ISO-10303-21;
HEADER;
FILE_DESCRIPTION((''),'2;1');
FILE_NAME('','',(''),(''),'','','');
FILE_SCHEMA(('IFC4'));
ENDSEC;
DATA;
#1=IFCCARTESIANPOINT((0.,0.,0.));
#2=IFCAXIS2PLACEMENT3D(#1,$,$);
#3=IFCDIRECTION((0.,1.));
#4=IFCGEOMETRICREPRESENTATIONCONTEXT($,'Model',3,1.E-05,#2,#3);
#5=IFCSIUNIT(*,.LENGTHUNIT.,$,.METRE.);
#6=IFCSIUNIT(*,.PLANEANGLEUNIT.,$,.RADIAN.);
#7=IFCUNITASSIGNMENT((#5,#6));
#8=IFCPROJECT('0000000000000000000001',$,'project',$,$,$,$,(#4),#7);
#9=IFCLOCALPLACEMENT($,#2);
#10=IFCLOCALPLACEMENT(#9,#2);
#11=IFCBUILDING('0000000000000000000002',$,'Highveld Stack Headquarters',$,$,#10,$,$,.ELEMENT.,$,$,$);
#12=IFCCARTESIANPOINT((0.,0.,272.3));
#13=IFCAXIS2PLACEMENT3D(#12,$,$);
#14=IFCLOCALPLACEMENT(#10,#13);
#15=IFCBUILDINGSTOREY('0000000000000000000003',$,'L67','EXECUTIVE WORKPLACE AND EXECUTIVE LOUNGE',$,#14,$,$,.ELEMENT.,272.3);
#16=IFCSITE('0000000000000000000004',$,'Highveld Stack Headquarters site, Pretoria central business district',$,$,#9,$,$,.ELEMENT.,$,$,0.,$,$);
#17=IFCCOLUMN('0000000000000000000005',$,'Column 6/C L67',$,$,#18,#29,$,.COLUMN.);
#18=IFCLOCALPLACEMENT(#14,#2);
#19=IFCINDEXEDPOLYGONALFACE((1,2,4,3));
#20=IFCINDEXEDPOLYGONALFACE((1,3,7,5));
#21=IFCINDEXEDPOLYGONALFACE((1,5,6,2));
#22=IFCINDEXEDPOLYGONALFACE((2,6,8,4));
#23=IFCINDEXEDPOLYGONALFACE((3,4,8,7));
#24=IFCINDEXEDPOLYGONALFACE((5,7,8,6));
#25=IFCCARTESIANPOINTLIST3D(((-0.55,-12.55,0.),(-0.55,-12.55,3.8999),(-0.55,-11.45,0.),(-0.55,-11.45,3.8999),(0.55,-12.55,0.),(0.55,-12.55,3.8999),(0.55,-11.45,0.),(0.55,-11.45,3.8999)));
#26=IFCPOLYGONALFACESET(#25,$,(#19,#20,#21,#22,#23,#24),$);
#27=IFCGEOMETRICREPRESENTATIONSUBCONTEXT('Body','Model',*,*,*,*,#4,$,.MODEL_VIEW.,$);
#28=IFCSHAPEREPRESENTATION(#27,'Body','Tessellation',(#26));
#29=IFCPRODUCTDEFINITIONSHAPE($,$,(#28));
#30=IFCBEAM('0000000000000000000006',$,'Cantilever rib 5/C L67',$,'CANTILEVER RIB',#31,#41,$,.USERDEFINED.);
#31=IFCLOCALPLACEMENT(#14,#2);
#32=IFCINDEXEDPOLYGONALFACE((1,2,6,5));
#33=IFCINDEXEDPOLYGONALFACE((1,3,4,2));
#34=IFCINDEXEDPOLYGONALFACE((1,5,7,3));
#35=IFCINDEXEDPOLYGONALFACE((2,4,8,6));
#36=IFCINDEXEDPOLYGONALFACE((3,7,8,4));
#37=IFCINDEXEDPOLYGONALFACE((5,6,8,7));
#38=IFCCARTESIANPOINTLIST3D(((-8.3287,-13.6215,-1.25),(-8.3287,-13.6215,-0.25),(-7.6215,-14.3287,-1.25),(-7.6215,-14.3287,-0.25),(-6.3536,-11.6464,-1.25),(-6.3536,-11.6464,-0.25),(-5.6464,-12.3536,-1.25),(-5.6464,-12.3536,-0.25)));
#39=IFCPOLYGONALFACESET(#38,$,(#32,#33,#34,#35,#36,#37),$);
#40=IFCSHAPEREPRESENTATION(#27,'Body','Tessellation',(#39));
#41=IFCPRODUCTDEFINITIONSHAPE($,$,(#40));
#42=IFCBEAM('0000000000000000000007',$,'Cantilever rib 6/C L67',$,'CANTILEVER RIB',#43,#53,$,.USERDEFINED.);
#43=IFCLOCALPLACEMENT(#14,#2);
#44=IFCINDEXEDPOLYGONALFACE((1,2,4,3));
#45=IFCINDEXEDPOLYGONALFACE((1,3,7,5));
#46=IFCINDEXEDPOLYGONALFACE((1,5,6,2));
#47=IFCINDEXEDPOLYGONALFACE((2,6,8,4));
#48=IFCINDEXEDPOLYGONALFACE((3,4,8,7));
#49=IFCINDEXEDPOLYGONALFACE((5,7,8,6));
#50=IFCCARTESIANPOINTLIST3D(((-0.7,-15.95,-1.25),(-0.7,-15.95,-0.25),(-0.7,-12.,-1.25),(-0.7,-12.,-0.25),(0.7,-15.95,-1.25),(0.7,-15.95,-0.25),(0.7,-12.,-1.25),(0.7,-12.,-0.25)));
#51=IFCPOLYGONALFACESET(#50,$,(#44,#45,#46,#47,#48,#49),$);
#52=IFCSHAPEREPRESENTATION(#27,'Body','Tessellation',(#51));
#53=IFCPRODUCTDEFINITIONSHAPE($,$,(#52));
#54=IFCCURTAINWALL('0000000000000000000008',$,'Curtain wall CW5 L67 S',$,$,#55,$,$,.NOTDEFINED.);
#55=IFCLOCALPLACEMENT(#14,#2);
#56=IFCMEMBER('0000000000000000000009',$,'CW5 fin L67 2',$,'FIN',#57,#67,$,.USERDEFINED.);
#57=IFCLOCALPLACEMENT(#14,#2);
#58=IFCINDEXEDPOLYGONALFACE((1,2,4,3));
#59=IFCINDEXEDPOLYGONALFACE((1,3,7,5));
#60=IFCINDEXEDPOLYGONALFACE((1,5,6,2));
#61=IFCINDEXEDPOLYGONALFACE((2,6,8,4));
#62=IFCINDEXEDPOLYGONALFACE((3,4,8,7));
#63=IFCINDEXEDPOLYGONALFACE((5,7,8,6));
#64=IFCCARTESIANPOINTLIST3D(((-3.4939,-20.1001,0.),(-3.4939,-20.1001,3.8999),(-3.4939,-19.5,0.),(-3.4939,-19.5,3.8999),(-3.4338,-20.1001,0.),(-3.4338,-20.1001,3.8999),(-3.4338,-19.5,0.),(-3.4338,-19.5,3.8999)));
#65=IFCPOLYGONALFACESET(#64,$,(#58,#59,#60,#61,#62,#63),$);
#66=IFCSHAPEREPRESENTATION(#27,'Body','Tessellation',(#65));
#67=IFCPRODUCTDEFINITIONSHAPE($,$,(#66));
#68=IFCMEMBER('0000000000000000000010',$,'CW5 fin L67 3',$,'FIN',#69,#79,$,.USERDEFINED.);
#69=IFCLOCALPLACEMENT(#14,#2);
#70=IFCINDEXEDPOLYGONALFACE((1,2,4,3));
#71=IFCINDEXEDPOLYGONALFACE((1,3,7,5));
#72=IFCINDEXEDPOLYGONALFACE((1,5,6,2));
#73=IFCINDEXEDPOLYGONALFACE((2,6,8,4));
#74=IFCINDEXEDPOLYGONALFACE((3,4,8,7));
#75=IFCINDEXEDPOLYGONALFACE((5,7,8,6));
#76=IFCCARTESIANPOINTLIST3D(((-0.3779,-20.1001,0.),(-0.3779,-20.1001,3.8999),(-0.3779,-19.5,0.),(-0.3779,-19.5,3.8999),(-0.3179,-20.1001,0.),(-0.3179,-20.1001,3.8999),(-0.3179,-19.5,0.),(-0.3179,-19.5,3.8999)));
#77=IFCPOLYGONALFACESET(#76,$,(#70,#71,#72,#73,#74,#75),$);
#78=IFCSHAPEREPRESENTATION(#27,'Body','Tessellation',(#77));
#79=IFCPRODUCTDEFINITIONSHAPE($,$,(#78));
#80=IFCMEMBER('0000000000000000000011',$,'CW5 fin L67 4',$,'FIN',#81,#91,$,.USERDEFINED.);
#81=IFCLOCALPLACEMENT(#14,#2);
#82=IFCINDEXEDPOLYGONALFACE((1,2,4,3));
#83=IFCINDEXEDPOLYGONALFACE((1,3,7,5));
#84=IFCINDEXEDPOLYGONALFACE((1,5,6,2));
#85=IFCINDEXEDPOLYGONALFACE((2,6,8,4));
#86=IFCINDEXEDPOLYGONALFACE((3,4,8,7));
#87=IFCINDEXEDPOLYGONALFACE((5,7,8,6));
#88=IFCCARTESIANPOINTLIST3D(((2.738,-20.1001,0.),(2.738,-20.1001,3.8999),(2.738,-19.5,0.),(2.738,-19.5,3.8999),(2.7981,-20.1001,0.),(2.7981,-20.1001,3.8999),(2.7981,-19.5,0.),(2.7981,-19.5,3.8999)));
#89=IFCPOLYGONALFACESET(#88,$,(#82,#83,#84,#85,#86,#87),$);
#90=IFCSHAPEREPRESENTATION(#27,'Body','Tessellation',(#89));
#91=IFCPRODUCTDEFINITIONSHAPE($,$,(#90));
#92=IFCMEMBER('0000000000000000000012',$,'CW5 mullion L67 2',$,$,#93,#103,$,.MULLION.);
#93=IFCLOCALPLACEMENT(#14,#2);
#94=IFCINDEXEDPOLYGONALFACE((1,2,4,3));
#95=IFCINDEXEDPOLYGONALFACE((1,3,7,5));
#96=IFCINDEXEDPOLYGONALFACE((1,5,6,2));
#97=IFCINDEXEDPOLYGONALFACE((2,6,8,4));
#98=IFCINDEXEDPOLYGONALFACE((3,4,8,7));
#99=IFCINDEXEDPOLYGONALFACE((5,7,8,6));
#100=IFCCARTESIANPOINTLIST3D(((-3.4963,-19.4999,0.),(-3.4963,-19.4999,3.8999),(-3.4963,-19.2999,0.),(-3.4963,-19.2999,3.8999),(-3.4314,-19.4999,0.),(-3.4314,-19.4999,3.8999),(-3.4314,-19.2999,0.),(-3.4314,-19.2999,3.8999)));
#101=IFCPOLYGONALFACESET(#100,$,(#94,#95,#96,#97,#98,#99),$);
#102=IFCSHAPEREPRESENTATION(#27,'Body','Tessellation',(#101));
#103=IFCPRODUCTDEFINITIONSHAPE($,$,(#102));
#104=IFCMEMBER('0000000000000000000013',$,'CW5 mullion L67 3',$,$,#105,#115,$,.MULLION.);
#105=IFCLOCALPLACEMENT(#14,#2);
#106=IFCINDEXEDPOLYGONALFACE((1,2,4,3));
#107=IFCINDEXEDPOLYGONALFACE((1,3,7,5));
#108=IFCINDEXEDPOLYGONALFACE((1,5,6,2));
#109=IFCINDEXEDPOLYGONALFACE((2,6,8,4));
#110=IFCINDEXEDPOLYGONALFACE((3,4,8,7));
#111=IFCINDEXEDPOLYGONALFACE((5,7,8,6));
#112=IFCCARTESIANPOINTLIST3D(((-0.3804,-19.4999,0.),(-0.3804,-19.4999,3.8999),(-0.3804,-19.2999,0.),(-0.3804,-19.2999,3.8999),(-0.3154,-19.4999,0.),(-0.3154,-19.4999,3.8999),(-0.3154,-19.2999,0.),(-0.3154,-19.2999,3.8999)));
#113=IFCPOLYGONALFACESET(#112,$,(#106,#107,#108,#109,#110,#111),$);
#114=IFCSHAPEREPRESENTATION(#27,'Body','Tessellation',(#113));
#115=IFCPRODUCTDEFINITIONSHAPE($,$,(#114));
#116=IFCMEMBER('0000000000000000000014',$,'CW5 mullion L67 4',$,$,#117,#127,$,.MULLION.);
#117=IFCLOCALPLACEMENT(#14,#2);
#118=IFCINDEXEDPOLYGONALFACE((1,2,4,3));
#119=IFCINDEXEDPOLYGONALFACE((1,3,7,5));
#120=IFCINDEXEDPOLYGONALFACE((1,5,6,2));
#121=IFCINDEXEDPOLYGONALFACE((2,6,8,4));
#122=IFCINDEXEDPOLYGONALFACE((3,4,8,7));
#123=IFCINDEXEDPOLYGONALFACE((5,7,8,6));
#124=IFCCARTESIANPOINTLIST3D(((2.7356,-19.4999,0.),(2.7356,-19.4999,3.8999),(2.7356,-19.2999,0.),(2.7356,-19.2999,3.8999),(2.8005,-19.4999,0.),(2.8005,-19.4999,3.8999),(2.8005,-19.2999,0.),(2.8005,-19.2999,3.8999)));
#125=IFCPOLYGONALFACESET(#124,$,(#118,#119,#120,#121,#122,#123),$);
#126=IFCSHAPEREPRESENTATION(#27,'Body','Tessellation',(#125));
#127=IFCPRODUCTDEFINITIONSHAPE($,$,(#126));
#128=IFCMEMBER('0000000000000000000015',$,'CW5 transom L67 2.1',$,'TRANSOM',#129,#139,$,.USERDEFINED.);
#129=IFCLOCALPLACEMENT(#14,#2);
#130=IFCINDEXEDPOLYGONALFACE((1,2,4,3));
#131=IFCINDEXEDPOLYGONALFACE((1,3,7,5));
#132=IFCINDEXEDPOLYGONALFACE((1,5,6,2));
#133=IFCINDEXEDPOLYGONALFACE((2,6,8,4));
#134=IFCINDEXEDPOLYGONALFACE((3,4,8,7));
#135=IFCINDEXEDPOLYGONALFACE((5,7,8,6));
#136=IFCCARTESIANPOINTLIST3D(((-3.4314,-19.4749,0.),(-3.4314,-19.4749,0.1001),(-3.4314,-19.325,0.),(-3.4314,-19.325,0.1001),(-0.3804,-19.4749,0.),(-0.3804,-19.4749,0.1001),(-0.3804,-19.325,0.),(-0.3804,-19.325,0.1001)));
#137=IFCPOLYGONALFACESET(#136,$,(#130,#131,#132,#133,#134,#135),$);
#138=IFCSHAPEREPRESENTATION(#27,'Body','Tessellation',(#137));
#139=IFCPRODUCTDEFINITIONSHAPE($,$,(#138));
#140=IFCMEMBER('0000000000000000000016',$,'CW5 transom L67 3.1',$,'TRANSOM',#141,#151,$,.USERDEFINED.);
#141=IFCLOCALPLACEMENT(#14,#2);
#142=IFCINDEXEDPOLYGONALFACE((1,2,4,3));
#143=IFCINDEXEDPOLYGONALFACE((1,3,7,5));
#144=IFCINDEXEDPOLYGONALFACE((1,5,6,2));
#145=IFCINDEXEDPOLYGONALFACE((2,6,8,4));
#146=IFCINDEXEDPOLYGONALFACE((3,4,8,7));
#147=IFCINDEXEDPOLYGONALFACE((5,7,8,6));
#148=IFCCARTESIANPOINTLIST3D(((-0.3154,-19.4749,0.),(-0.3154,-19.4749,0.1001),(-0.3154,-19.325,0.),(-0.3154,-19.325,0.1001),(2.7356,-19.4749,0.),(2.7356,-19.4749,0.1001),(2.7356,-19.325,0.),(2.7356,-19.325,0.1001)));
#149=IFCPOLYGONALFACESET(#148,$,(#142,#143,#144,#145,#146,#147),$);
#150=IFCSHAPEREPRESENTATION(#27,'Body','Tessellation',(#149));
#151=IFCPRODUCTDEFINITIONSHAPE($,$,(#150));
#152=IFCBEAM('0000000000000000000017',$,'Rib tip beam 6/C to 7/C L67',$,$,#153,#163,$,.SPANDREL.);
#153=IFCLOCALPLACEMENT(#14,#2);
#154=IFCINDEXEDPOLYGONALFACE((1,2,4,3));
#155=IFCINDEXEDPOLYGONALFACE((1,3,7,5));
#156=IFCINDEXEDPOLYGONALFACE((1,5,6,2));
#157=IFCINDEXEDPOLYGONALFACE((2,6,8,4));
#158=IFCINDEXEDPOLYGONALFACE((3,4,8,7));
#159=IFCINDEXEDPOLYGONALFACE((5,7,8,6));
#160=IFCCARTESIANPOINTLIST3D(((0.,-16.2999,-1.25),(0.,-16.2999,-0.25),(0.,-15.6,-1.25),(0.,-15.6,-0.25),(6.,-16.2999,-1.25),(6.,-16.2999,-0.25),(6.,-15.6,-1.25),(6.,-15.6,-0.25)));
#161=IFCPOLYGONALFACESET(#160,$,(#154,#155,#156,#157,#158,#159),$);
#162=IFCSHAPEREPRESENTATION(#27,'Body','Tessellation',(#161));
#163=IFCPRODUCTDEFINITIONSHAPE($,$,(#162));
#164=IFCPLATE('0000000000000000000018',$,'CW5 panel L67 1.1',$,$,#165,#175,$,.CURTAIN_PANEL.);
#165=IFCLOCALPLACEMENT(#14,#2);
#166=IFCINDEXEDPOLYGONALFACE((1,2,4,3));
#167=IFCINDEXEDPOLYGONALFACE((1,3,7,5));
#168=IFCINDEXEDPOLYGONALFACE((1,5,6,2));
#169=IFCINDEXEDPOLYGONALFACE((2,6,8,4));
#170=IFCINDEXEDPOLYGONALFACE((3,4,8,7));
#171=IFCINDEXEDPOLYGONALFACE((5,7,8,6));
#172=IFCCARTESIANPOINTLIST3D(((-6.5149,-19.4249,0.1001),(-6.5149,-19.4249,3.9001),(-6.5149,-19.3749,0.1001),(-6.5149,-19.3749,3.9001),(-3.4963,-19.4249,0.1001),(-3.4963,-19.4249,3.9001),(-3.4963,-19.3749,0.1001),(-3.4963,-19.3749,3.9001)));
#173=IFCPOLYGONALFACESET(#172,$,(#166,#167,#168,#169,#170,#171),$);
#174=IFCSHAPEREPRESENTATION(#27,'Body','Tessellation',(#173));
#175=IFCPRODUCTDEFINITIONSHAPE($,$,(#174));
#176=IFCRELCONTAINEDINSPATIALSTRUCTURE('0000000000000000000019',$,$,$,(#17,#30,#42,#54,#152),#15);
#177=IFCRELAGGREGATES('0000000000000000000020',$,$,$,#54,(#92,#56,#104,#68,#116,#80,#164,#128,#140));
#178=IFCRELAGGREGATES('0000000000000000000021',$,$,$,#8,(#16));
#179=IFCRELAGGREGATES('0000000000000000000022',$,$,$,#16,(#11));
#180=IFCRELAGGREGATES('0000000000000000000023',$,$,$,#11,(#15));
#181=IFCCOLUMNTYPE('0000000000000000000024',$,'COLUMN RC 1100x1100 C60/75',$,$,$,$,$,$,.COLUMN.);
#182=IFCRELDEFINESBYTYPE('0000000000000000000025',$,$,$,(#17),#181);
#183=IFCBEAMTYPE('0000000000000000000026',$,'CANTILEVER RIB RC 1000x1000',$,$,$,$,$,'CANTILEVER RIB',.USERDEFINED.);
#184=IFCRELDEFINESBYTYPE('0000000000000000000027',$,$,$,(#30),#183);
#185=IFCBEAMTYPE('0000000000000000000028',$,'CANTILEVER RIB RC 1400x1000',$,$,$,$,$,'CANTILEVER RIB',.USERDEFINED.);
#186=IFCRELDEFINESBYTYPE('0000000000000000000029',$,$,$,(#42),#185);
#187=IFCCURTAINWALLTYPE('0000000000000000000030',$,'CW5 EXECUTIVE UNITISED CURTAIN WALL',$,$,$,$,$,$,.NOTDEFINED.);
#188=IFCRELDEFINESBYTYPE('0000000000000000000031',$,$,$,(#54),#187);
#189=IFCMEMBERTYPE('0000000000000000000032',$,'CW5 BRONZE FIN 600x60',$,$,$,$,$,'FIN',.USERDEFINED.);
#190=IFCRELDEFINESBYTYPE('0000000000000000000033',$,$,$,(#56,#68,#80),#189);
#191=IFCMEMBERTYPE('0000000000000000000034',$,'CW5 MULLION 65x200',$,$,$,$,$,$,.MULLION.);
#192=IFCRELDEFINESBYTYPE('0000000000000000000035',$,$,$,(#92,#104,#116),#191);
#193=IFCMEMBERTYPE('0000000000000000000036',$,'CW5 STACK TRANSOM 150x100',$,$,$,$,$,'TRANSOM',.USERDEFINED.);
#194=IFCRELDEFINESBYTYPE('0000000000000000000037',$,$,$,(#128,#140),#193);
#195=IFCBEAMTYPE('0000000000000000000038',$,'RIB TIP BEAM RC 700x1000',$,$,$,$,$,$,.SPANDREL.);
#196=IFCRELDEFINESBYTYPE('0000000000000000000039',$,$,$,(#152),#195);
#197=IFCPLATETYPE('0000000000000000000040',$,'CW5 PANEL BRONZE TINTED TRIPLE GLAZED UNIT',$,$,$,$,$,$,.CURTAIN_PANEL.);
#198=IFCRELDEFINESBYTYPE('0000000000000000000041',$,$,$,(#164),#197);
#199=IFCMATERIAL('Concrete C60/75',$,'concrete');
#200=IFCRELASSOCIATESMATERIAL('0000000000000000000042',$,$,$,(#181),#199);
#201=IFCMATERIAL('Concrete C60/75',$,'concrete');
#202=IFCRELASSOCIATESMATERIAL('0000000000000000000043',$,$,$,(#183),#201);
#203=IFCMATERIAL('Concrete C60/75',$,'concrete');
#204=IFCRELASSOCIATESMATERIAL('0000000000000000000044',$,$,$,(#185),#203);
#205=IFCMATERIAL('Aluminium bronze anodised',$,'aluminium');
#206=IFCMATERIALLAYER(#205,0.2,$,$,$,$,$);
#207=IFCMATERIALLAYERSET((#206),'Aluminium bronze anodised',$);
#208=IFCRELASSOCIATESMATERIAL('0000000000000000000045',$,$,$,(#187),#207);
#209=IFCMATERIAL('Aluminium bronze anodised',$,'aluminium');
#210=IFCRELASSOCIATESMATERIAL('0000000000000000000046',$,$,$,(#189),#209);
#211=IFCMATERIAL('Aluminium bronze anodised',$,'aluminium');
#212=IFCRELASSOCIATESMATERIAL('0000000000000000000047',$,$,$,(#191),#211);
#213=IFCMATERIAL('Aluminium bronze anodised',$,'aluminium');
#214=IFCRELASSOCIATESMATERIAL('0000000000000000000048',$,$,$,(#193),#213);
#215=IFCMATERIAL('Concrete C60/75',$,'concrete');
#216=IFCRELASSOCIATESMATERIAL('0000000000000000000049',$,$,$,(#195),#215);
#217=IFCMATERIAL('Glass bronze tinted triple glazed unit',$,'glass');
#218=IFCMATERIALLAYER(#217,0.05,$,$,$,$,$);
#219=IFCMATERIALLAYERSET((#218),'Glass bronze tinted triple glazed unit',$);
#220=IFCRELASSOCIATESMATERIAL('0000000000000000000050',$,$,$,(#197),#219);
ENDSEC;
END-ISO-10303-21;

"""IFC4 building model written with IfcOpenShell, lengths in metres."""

from ifc_helpers import new_model, si_unit, direction, frame, origin, origin_2d, place, context, subcontext, project, spatial, rectangle, extrude, material, layer, layer_set, material_profile, profile_set, type_object, element, aggregate, save


model = new_model("IFC4")

# Units and contexts
model_context = context("Model", 3, precision=1e-05, world=origin(), true_north=direction((0.0, 1.0)))
body_context = subcontext(model_context, "Body", "Model", "MODEL_VIEW")
ifc_project = project(units=[si_unit("LENGTHUNIT", "METRE"), si_unit("PLANEANGLEUNIT", "RADIAN")], contexts=[model_context])

# Site, building, storey
site_placement = place(None, origin())
site = spatial("IfcSite", under=ifc_project, at=site_placement, Name="Highveld Stack Headquarters site, Pretoria central business district", CompositionType="ELEMENT", RefElevation=0.0)
building_placement = place(site_placement, origin())
building = spatial("IfcBuilding", under=site, at=building_placement, Name="Highveld Stack Headquarters", CompositionType="ELEMENT")
storey_placement = place(building_placement, frame((0.0, 0.0, 272.3)))
storey = spatial("IfcBuildingStorey", under=building, at=storey_placement, Name="L67", Description="EXECUTIVE WORKPLACE AND EXECUTIVE LOUNGE", CompositionType="ELEMENT", Elevation=272.3)

# Column
ifc_material_1 = material(Name="Concrete C60/75", Category="concrete")
ifc_material_profile_1 = material_profile(ifc_material_1, rectangle(XDim=1.1001, YDim=1.1001, at=origin_2d()), Name="RC 1100x1100")
ifc_profile_set_1 = profile_set([ifc_material_profile_1], Name="Concrete C60/75")
column_type = type_object("IfcColumnType", Name="COLUMN RC 1100x1100 C60/75", PredefinedType="COLUMN", material=ifc_profile_set_1)
column_placement = place(storey_placement, frame((0.0, -12.0, 0.0), z_axis=(0.0, 0.0, 1.0), x_axis=(1.0, 0.0, 0.0)))
element("IfcColumn", 1, at=column_placement, inside=storey, type_object=column_type, Name="Column 6/C L67", PredefinedType="COLUMN", context=body_context, shape_type="SweptSolid", body=[
    extrude(rectangle(XDim=1.1001, YDim=1.1001, at=origin_2d()), origin(), (0.0, 0.0, 1.0), 3.8999),
])

# Beams
ifc_material_2 = material(Name="Concrete C60/75", Category="concrete")
ifc_material_profile_2 = material_profile(ifc_material_2, rectangle(XDim=1.0, YDim=1.0, at=origin_2d()), Name="RC 1000x1000")
ifc_profile_set_2 = profile_set([ifc_material_profile_2], Name="Concrete C60/75")
beam_type_1 = type_object("IfcBeamType", Name="CANTILEVER RIB RC 1000x1000", ElementType="CANTILEVER RIB", PredefinedType="USERDEFINED", material=ifc_profile_set_2)
beam_1_placement = place(storey_placement, frame((-6.0, -12.0, -0.75), z_axis=(-0.707107, -0.707107, 0.0), x_axis=(0.707107, -0.707107, 0.0)))
element("IfcBeam", 2, at=beam_1_placement, inside=storey, type_object=beam_type_1, Name="Cantilever rib 5/C L67", ObjectType="CANTILEVER RIB", PredefinedType="USERDEFINED", context=body_context, shape_type="SweptSolid", body=[
    extrude(rectangle(XDim=1.0, YDim=1.0, at=origin_2d()), origin(), (0.0, 0.0, 1.0), 2.7932),
])
ifc_material_3 = material(Name="Concrete C60/75", Category="concrete")
ifc_material_profile_3 = material_profile(ifc_material_3, rectangle(XDim=1.3999, YDim=1.0, at=origin_2d()), Name="RC 1400x1000")
ifc_profile_set_3 = profile_set([ifc_material_profile_3], Name="Concrete C60/75")
beam_type_2 = type_object("IfcBeamType", Name="CANTILEVER RIB RC 1400x1000", ElementType="CANTILEVER RIB", PredefinedType="USERDEFINED", material=ifc_profile_set_3)
beam_2_placement = place(storey_placement, frame((0.0, -12.0, -0.75), z_axis=(0.0, -1.0, 0.0), x_axis=(1.0, 0.0, 0.0)))
element("IfcBeam", 3, at=beam_2_placement, inside=storey, type_object=beam_type_2, Name="Cantilever rib 6/C L67", ObjectType="CANTILEVER RIB", PredefinedType="USERDEFINED", context=body_context, shape_type="SweptSolid", body=[
    extrude(rectangle(XDim=1.3999, YDim=1.0, at=origin_2d()), origin(), (0.0, 0.0, 1.0), 3.95),
])

# Curtain wall, members
ifc_material_4 = material(Name="Aluminium bronze anodised", Category="aluminium")
ifc_layer_1 = layer(ifc_material_4, 0.2)
ifc_layer_set_1 = layer_set([ifc_layer_1], Name="Aluminium bronze anodised")
curtain_wall_type = type_object("IfcCurtainWallType", Name="CW5 EXECUTIVE UNITISED CURTAIN WALL", PredefinedType="NOTDEFINED", material=ifc_layer_set_1)
curtain_wall_placement = place(storey_placement, origin())
curtain_wall = element("IfcCurtainWall", 4, at=curtain_wall_placement, inside=storey, type_object=curtain_wall_type, Name="Curtain wall CW5 L67 S", PredefinedType="NOTDEFINED")
ifc_material_5 = material(Name="Aluminium bronze anodised", Category="aluminium")
ifc_material_profile_4 = material_profile(ifc_material_5, rectangle(XDim=0.6001, YDim=0.0601, at=origin_2d()), Name="FIN 600x60")
ifc_profile_set_4 = profile_set([ifc_material_profile_4], Name="Aluminium bronze anodised")
member_type_1 = type_object("IfcMemberType", Name="CW5 BRONZE FIN 600x60", ElementType="FIN", PredefinedType="USERDEFINED", material=ifc_profile_set_4)
member_1_placement = place(storey_placement, frame((-3.4639, -19.8, 0.0), z_axis=(0.0, 0.0, 1.0), x_axis=(0.0, 1.0, 0.0)))
member_1 = element("IfcMember", 5, at=member_1_placement, type_object=member_type_1, Name="CW5 fin L67 2", ObjectType="FIN", PredefinedType="USERDEFINED", context=body_context, shape_type="SweptSolid", body=[
    extrude(rectangle(XDim=0.6001, YDim=0.0601, at=origin_2d()), origin(), (0.0, 0.0, 1.0), 3.8999),
])
member_2_placement = place(storey_placement, frame((-0.3479, -19.8, 0.0), z_axis=(0.0, 0.0, 1.0), x_axis=(0.0, 1.0, 0.0)))
member_2 = element("IfcMember", 6, at=member_2_placement, type_object=member_type_1, Name="CW5 fin L67 3", ObjectType="FIN", PredefinedType="USERDEFINED", context=body_context, shape_type="SweptSolid", body=[
    extrude(rectangle(XDim=0.6001, YDim=0.0601, at=origin_2d()), origin(), (0.0, 0.0, 1.0), 3.8999),
])
member_3_placement = place(storey_placement, frame((2.7681, -19.8, 0.0), z_axis=(0.0, 0.0, 1.0), x_axis=(0.0, 1.0, 0.0)))
member_3 = element("IfcMember", 7, at=member_3_placement, type_object=member_type_1, Name="CW5 fin L67 4", ObjectType="FIN", PredefinedType="USERDEFINED", context=body_context, shape_type="SweptSolid", body=[
    extrude(rectangle(XDim=0.6001, YDim=0.0601, at=origin_2d()), origin(), (0.0, 0.0, 1.0), 3.8999),
])
ifc_material_6 = material(Name="Aluminium bronze anodised", Category="aluminium")
ifc_material_profile_5 = material_profile(ifc_material_6, rectangle(XDim=0.2, YDim=0.0649, at=origin_2d()), Name="CW5 MULLION 65x200")
ifc_profile_set_5 = profile_set([ifc_material_profile_5], Name="Aluminium bronze anodised")
member_type_2 = type_object("IfcMemberType", Name="CW5 MULLION 65x200", PredefinedType="MULLION", material=ifc_profile_set_5)
member_4_placement = place(storey_placement, frame((-3.4639, -19.3999, 0.0), z_axis=(0.0, 0.0, 1.0), x_axis=(0.0, 1.0, 0.0)))
member_4 = element("IfcMember", 8, at=member_4_placement, type_object=member_type_2, Name="CW5 mullion L67 2", PredefinedType="MULLION", context=body_context, shape_type="SweptSolid", body=[
    extrude(rectangle(XDim=0.2, YDim=0.0649, at=origin_2d()), origin(), (0.0, 0.0, 1.0), 3.8999),
])
member_5_placement = place(storey_placement, frame((-0.3479, -19.3999, 0.0), z_axis=(0.0, 0.0, 1.0), x_axis=(0.0, 1.0, 0.0)))
member_5 = element("IfcMember", 9, at=member_5_placement, type_object=member_type_2, Name="CW5 mullion L67 3", PredefinedType="MULLION", context=body_context, shape_type="SweptSolid", body=[
    extrude(rectangle(XDim=0.2, YDim=0.0649, at=origin_2d()), origin(), (0.0, 0.0, 1.0), 3.8999),
])
member_6_placement = place(storey_placement, frame((2.7681, -19.3999, 0.0), z_axis=(0.0, 0.0, 1.0), x_axis=(0.0, 1.0, 0.0)))
member_6 = element("IfcMember", 10, at=member_6_placement, type_object=member_type_2, Name="CW5 mullion L67 4", PredefinedType="MULLION", context=body_context, shape_type="SweptSolid", body=[
    extrude(rectangle(XDim=0.2, YDim=0.0649, at=origin_2d()), origin(), (0.0, 0.0, 1.0), 3.8999),
])
ifc_material_7 = material(Name="Aluminium bronze anodised", Category="aluminium")
ifc_material_profile_6 = material_profile(ifc_material_7, rectangle(XDim=0.1499, YDim=0.1001, at=origin_2d()), Name="CW5 TRANSOM 150x100")
ifc_profile_set_6 = profile_set([ifc_material_profile_6], Name="Aluminium bronze anodised")
member_type_3 = type_object("IfcMemberType", Name="CW5 STACK TRANSOM 150x100", ElementType="TRANSOM", PredefinedType="USERDEFINED", material=ifc_profile_set_6)
member_7_placement = place(storey_placement, frame((-3.4314, -19.3999, 0.05), z_axis=(1.0, 0.0, 0.0), x_axis=(0.0, 1.0, 0.0)))
member_7 = element("IfcMember", 11, at=member_7_placement, type_object=member_type_3, Name="CW5 transom L67 2.1", ObjectType="TRANSOM", PredefinedType="USERDEFINED", context=body_context, shape_type="SweptSolid", body=[
    extrude(rectangle(XDim=0.1499, YDim=0.1001, at=origin_2d()), origin(), (0.0, 0.0, 1.0), 3.051),
])
member_8_placement = place(storey_placement, frame((-0.3154, -19.3999, 0.05), z_axis=(1.0, 0.0, 0.0), x_axis=(0.0, 1.0, 0.0)))
member_8 = element("IfcMember", 12, at=member_8_placement, type_object=member_type_3, Name="CW5 transom L67 3.1", ObjectType="TRANSOM", PredefinedType="USERDEFINED", context=body_context, shape_type="SweptSolid", body=[
    extrude(rectangle(XDim=0.1499, YDim=0.1001, at=origin_2d()), origin(), (0.0, 0.0, 1.0), 3.051),
])

# Beam
ifc_material_8 = material(Name="Concrete C60/75", Category="concrete")
ifc_material_profile_7 = material_profile(ifc_material_8, rectangle(XDim=0.7, YDim=1.0, at=origin_2d()), Name="RC 700x1000")
ifc_profile_set_7 = profile_set([ifc_material_profile_7], Name="Concrete C60/75")
beam_type_3 = type_object("IfcBeamType", Name="RIB TIP BEAM RC 700x1000", PredefinedType="SPANDREL", material=ifc_profile_set_7)
beam_3_placement = place(storey_placement, frame((0.0, -15.95, -0.75), z_axis=(1.0, 0.0, 0.0), x_axis=(0.0, 1.0, 0.0)))
element("IfcBeam", 13, at=beam_3_placement, inside=storey, type_object=beam_type_3, Name="Rib tip beam 6/C to 7/C L67", PredefinedType="SPANDREL", context=body_context, shape_type="SweptSolid", body=[
    extrude(rectangle(XDim=0.7, YDim=1.0, at=origin_2d()), origin(), (0.0, 0.0, 1.0), 6.0),
])

# Plate
ifc_material_9 = material(Name="Glass bronze tinted triple glazed unit", Category="glass")
ifc_layer_2 = layer(ifc_material_9, 0.05)
ifc_layer_set_2 = layer_set([ifc_layer_2], Name="Glass bronze tinted triple glazed unit")
plate_type = type_object("IfcPlateType", Name="CW5 PANEL BRONZE TINTED TRIPLE GLAZED UNIT", PredefinedType="CURTAIN_PANEL", material=ifc_layer_set_2)
plate_1_placement = place(storey_placement, frame((-5.0056, -19.3999, 0.1001), z_axis=(0.0, 0.0, 1.0), x_axis=(1.0, 0.0, 0.0)))
plate_1 = element("IfcPlate", 14, at=plate_1_placement, type_object=plate_type, Name="CW5 panel L67 1.1", PredefinedType="CURTAIN_PANEL", context=body_context, shape_type="SweptSolid", body=[
    extrude(rectangle(XDim=3.0186, YDim=0.05, at=origin_2d()), origin(), (0.0, 0.0, 1.0), 3.8),
])
aggregate(curtain_wall, [member_4, member_1, member_5, member_2, member_6, member_3, plate_1, member_7, member_8])

save(model, "model.ifc")
